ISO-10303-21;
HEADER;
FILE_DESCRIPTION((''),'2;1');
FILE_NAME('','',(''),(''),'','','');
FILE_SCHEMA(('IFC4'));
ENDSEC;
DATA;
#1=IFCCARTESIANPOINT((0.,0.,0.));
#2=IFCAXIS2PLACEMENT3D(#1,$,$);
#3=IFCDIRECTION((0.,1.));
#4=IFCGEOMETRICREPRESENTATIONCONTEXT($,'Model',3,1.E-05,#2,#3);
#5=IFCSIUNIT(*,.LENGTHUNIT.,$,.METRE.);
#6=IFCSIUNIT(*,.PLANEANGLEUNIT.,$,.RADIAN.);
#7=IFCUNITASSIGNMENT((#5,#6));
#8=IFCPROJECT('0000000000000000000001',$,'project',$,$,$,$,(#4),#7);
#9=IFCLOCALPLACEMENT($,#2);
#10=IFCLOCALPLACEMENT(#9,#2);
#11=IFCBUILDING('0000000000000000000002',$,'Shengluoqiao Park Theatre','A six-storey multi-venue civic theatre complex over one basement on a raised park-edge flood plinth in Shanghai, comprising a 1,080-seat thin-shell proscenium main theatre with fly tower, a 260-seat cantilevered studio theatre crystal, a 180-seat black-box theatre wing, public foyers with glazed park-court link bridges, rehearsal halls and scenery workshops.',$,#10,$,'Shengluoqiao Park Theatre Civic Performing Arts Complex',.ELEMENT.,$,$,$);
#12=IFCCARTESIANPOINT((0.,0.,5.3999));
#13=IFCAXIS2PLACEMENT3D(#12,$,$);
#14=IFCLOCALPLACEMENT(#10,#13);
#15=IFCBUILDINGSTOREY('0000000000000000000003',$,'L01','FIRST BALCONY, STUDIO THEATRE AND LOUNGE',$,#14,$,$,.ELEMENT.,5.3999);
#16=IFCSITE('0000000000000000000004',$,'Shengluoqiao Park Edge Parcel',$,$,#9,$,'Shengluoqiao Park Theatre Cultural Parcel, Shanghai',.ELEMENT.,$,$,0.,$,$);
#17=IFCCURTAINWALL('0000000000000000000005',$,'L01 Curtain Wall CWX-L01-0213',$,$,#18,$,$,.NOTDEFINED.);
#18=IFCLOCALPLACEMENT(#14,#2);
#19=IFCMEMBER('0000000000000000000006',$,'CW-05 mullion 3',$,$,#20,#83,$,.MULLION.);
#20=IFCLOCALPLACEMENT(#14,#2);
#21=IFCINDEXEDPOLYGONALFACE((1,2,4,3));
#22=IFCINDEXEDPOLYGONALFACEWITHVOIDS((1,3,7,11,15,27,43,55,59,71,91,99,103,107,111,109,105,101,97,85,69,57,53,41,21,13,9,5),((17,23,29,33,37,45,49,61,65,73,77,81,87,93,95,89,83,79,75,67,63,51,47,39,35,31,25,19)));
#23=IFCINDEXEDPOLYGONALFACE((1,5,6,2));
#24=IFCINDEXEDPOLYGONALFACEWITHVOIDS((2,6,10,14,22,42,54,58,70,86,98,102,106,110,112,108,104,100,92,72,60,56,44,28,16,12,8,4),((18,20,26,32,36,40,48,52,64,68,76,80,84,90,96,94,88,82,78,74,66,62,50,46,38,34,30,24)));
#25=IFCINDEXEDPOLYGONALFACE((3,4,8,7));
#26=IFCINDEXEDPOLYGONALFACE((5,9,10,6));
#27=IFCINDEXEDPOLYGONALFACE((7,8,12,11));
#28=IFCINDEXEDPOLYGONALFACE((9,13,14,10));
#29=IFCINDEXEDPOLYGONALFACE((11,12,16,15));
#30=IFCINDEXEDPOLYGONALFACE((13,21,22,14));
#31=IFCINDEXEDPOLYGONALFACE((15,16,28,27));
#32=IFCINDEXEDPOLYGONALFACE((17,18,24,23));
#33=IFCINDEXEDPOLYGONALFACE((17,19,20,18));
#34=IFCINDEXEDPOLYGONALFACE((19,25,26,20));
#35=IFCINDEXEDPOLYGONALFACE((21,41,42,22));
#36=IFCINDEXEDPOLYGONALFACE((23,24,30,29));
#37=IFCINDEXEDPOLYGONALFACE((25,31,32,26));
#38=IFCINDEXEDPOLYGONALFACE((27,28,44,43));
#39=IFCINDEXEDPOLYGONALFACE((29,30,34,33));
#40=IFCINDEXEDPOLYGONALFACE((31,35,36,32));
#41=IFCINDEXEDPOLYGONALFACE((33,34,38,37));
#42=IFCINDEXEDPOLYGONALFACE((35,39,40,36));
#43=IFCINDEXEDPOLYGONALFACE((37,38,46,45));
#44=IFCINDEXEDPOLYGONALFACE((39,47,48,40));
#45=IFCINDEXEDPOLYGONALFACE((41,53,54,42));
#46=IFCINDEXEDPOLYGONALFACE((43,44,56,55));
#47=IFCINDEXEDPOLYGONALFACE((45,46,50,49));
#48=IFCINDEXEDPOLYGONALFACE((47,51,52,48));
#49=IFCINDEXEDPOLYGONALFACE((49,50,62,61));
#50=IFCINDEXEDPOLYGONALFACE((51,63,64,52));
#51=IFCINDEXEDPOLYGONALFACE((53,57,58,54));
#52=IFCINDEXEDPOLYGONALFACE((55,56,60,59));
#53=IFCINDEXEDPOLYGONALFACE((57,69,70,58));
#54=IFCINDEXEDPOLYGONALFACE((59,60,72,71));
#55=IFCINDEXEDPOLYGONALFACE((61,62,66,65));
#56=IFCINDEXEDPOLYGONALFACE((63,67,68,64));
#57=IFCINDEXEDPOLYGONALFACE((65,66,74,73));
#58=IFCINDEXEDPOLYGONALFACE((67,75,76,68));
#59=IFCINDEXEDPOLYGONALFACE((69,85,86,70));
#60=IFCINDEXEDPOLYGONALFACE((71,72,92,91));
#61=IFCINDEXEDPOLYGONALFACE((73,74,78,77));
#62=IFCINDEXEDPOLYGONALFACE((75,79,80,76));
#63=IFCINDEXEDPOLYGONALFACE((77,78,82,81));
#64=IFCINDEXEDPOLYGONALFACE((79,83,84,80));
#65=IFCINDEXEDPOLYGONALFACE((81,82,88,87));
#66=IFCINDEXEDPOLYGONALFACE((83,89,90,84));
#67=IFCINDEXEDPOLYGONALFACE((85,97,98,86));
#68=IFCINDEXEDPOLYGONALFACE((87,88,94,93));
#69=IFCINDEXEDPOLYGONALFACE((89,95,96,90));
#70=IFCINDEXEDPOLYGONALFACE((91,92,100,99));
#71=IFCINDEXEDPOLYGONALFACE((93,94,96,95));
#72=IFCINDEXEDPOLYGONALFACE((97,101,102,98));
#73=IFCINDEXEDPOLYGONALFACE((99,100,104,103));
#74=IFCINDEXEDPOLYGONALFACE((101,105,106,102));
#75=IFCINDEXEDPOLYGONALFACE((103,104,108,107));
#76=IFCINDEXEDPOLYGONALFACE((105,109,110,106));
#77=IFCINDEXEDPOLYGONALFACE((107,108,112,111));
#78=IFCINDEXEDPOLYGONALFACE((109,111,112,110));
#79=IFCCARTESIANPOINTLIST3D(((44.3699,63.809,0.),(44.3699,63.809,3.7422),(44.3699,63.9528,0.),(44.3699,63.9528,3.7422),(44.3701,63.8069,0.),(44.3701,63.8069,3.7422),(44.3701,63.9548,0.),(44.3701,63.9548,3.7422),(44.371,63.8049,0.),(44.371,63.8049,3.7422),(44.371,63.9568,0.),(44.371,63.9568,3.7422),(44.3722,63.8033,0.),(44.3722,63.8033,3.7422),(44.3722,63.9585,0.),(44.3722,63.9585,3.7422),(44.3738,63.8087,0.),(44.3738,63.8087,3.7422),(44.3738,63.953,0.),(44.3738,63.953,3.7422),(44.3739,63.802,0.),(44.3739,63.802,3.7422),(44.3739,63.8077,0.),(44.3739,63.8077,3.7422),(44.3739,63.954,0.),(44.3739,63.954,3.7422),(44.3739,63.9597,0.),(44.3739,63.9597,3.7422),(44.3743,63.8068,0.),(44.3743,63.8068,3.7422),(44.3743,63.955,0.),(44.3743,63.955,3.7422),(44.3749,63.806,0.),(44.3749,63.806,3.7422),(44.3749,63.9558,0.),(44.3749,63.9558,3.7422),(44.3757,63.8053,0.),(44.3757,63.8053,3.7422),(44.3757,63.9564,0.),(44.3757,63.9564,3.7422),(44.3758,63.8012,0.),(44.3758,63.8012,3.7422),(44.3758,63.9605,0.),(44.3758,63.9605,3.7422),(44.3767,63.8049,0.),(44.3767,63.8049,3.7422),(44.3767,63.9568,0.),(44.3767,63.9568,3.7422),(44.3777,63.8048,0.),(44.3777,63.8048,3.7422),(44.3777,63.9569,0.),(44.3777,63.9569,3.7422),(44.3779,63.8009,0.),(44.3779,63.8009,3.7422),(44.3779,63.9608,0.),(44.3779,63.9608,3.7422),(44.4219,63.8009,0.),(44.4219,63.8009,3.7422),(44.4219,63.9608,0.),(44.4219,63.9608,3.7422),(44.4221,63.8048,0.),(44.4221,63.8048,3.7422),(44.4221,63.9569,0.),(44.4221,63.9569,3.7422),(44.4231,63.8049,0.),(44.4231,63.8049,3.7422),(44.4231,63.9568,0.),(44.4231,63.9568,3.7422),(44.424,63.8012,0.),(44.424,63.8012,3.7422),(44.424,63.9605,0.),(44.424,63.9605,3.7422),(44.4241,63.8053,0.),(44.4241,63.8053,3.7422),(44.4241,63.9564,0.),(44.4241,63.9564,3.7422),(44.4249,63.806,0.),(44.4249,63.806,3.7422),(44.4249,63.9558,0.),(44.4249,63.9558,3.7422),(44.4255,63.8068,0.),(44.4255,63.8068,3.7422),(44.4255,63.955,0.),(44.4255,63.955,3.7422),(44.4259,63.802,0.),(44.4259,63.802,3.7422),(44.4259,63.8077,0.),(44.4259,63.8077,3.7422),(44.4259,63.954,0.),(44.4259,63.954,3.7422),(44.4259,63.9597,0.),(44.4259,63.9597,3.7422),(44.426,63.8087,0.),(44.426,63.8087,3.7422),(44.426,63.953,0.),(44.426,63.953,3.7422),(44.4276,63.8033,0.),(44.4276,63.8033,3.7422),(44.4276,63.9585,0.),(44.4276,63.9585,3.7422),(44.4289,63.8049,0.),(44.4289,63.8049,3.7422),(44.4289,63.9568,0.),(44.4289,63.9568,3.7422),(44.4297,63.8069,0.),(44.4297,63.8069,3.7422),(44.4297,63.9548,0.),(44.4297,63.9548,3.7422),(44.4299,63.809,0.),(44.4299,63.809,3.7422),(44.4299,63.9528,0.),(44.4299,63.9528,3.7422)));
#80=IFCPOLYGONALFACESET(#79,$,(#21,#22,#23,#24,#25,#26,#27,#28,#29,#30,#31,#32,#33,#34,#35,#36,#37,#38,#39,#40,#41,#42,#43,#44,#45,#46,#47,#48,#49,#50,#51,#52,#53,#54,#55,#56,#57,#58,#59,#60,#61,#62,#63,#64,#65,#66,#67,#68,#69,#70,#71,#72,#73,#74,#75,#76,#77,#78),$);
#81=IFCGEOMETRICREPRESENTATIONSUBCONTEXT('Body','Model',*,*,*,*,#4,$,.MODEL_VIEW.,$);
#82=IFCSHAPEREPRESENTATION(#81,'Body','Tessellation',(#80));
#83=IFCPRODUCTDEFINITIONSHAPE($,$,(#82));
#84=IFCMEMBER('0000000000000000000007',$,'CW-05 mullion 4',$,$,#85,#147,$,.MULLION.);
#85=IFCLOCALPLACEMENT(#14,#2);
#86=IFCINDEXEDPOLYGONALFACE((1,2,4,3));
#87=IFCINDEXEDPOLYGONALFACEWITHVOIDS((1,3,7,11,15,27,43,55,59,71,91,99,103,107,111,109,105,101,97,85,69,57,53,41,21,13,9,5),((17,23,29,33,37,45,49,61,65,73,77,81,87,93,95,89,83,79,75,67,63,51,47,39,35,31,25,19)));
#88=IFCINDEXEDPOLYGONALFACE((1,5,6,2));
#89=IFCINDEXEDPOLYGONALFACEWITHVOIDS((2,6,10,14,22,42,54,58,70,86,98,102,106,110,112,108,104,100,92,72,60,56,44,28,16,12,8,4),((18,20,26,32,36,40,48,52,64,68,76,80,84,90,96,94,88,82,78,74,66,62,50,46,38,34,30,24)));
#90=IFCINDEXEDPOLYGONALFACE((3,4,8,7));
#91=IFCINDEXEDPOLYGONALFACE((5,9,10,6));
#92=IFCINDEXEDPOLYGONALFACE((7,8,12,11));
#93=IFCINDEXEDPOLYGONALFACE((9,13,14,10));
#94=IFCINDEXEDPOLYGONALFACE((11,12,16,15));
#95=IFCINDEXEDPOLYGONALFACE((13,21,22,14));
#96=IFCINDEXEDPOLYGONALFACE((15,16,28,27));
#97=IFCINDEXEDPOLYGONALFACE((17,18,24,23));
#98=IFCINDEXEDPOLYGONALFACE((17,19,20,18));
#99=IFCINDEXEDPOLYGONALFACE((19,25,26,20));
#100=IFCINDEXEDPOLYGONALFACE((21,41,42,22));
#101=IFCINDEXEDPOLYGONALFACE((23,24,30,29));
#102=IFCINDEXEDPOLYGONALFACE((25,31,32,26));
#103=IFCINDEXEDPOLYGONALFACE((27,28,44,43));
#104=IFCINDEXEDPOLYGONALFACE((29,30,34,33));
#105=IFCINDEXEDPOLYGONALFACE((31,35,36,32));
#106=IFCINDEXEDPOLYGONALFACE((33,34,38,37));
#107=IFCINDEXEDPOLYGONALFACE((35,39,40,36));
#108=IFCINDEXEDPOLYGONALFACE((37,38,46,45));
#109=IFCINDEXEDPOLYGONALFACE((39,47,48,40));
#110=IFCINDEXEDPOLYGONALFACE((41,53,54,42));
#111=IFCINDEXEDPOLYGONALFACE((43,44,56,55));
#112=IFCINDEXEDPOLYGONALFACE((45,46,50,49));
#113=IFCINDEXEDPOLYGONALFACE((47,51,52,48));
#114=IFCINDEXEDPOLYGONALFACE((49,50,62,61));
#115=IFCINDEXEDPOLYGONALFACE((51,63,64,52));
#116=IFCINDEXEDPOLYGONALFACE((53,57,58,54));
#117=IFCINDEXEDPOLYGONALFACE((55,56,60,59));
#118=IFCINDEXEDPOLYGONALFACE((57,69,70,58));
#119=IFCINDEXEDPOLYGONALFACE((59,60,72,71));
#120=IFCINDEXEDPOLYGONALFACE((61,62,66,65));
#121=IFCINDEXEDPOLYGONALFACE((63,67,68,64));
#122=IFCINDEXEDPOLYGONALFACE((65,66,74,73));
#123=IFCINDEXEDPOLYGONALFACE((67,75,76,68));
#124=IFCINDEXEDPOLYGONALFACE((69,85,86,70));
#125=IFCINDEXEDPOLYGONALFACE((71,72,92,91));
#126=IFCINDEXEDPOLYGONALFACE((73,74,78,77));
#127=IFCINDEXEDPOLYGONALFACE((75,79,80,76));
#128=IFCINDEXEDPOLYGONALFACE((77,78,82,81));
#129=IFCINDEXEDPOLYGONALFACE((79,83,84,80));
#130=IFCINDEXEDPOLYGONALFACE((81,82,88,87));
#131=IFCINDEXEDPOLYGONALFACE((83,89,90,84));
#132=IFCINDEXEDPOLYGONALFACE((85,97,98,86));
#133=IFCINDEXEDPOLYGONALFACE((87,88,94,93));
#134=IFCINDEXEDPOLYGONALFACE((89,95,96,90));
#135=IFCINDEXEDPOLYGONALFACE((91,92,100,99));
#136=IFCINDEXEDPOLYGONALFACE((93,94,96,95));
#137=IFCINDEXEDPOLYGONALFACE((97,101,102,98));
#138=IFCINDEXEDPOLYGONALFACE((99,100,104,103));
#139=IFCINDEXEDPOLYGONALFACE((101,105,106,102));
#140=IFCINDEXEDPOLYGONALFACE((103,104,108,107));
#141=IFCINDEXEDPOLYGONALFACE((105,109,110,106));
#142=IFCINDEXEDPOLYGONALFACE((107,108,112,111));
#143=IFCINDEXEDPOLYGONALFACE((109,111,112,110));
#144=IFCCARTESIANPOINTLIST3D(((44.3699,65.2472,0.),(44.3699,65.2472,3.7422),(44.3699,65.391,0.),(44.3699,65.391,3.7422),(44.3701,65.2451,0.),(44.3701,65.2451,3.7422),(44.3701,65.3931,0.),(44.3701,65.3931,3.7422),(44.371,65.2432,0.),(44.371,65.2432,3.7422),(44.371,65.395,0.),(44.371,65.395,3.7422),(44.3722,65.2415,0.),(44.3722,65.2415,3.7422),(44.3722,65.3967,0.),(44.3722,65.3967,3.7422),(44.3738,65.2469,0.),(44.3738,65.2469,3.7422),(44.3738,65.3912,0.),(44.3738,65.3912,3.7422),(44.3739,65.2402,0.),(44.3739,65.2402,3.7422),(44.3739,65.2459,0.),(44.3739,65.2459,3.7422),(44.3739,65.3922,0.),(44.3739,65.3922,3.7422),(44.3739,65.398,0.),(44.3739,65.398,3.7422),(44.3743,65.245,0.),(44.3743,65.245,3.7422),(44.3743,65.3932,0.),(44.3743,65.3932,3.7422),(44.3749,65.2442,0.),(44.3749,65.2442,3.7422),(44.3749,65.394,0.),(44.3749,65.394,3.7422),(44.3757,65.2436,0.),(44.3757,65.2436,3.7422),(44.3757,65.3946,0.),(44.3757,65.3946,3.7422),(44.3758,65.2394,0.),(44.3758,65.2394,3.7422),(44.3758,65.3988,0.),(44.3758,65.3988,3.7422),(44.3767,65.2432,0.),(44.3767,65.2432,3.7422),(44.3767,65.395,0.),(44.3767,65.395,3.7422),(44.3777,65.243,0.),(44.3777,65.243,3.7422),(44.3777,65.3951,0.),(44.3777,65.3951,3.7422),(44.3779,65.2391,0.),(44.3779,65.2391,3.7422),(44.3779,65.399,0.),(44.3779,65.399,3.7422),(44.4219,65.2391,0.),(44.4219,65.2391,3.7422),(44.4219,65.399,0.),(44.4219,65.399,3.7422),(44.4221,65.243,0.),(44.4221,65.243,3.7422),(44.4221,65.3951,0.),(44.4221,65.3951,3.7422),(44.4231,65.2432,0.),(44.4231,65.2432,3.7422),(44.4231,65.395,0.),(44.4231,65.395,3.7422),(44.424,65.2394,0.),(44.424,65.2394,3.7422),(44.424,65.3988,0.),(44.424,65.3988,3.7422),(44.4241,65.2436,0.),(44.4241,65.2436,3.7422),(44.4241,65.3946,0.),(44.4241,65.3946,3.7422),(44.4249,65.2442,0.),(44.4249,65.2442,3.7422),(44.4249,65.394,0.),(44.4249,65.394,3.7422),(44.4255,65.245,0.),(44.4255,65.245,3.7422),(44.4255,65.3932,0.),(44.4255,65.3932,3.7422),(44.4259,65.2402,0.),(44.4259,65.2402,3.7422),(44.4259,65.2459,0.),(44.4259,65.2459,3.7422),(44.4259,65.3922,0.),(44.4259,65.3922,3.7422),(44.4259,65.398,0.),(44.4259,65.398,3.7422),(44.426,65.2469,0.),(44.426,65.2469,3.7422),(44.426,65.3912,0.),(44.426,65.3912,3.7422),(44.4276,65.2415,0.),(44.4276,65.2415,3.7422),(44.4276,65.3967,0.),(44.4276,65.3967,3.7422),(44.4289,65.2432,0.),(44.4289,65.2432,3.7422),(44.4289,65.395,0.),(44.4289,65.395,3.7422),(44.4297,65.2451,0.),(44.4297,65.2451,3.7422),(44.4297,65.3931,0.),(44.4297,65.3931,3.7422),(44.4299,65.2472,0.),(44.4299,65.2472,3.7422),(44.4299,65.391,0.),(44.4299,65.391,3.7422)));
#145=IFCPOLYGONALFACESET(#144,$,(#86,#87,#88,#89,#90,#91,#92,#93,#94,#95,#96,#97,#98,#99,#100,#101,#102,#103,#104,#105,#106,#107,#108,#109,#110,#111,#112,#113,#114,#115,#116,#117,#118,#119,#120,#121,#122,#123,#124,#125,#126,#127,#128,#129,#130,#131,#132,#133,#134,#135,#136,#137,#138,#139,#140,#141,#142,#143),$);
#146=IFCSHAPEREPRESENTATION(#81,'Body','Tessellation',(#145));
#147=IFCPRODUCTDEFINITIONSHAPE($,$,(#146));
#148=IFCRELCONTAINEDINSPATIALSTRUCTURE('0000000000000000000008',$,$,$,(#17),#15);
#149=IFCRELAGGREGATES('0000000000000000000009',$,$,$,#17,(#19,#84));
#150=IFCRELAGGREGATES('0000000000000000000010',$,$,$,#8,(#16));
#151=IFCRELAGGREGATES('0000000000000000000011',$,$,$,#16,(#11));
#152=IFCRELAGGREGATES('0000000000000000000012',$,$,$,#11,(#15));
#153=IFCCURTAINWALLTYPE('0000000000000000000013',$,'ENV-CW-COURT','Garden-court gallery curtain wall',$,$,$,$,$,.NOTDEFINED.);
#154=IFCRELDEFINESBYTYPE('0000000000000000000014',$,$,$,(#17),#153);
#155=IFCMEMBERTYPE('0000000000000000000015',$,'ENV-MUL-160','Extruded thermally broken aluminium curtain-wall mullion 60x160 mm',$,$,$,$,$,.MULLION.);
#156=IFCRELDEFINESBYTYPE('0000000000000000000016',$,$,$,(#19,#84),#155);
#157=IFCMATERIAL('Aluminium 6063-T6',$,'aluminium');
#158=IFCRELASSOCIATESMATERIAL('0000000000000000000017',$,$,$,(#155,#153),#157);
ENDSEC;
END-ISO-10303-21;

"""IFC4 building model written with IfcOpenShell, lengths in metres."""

from ifc_helpers import new_model, si_unit, direction, frame, origin, origin_2d, place, context, subcontext, project, spatial, hollow_rectangle, extrude, material, material_profile, profile_set, type_object, element, aggregate, save


model = new_model("IFC4")

# Units and contexts
model_context = context("Model", 3, precision=1e-05, world=origin(), true_north=direction((0.0, 1.0)))
body_context = subcontext(model_context, "Body", "Model", "MODEL_VIEW")
ifc_project = project(units=[si_unit("LENGTHUNIT", "METRE"), si_unit("PLANEANGLEUNIT", "RADIAN")], contexts=[model_context])

# Site, building, storey
site_placement = place(None, origin())
site = spatial("IfcSite", under=ifc_project, at=site_placement, Name="Shengluoqiao Park Edge Parcel", LongName="Shengluoqiao Park Theatre Cultural Parcel, Shanghai", CompositionType="ELEMENT", RefElevation=0.0)
building_placement = place(site_placement, origin())
building = spatial("IfcBuilding", under=site, at=building_placement, Name="Shengluoqiao Park Theatre", Description="A six-storey multi-venue civic theatre complex over one basement on a raised park-edge flood plinth in Shanghai, comprising a 1,080-seat thin-shell proscenium main theatre with fly tower, a 260-seat cantilevered studio theatre crystal, a 180-seat black-box theatre wing, public foyers with glazed park-court link bridges, rehearsal halls and scenery workshops.", LongName="Shengluoqiao Park Theatre Civic Performing Arts Complex", CompositionType="ELEMENT")
storey_placement = place(building_placement, frame((0.0, 0.0, 5.3999)))
storey = spatial("IfcBuildingStorey", under=building, at=storey_placement, Name="L01", Description="FIRST BALCONY, STUDIO THEATRE AND LOUNGE", CompositionType="ELEMENT", Elevation=5.3999)

# Curtain wall, members
ifc_material_1 = material(Name="Aluminium 6063-T6", Category="aluminium")
ifc_material_profile_1 = material_profile(ifc_material_1, hollow_rectangle(XDim=0.0601, YDim=0.1599, WallThickness=0.0039, InnerFilletRadius=0.0039, OuterFilletRadius=0.0081, at=origin_2d()), Name="ALU MULLION 160x60x4")
ifc_profile_set_1 = profile_set([ifc_material_profile_1], Name="Aluminium 6063-T6")
member_type_1 = type_object("IfcMemberType", Name="ENV-MUL-160", Description="Extruded thermally broken aluminium curtain-wall mullion 60x160 mm", PredefinedType="MULLION", material=ifc_profile_set_1)
curtain_wall_type_1 = type_object("IfcCurtainWallType", Name="ENV-CW-COURT", Description="Garden-court gallery curtain wall", PredefinedType="NOTDEFINED", material=ifc_material_1)
curtain_wall_1_placement = place(storey_placement, origin())
curtain_wall_1 = element("IfcCurtainWall", 1, at=curtain_wall_1_placement, inside=storey, type_object=curtain_wall_type_1, Name="L01 Curtain Wall CWX-L01-0213", PredefinedType="NOTDEFINED")
member_1_placement = place(storey_placement, frame((44.3999, 63.8809, 0.0), z_axis=(0.0, 0.0, 1.0), x_axis=(-1.0, 0.0, 0.0)))
member_1 = element("IfcMember", 2, at=member_1_placement, type_object=member_type_1, Name="CW-05 mullion 3", PredefinedType="MULLION", context=body_context, shape_type="SweptSolid", body=[
    extrude(hollow_rectangle(XDim=0.0601, YDim=0.1599, WallThickness=0.0039, InnerFilletRadius=0.0039, OuterFilletRadius=0.0081, at=origin_2d()), origin(), (0.0, 0.0, 1.0), 3.7422),
])
member_2_placement = place(storey_placement, frame((44.3999, 65.3191, 0.0), z_axis=(0.0, 0.0, 1.0), x_axis=(-1.0, 0.0, 0.0)))
member_2 = element("IfcMember", 3, at=member_2_placement, type_object=member_type_1, Name="CW-05 mullion 4", PredefinedType="MULLION", context=body_context, shape_type="SweptSolid", body=[
    extrude(hollow_rectangle(XDim=0.0601, YDim=0.1599, WallThickness=0.0039, InnerFilletRadius=0.0039, OuterFilletRadius=0.0081, at=origin_2d()), origin(), (0.0, 0.0, 1.0), 3.7422),
])

aggregate(curtain_wall_1, [member_1, member_2])

save(model, "model.ifc")
